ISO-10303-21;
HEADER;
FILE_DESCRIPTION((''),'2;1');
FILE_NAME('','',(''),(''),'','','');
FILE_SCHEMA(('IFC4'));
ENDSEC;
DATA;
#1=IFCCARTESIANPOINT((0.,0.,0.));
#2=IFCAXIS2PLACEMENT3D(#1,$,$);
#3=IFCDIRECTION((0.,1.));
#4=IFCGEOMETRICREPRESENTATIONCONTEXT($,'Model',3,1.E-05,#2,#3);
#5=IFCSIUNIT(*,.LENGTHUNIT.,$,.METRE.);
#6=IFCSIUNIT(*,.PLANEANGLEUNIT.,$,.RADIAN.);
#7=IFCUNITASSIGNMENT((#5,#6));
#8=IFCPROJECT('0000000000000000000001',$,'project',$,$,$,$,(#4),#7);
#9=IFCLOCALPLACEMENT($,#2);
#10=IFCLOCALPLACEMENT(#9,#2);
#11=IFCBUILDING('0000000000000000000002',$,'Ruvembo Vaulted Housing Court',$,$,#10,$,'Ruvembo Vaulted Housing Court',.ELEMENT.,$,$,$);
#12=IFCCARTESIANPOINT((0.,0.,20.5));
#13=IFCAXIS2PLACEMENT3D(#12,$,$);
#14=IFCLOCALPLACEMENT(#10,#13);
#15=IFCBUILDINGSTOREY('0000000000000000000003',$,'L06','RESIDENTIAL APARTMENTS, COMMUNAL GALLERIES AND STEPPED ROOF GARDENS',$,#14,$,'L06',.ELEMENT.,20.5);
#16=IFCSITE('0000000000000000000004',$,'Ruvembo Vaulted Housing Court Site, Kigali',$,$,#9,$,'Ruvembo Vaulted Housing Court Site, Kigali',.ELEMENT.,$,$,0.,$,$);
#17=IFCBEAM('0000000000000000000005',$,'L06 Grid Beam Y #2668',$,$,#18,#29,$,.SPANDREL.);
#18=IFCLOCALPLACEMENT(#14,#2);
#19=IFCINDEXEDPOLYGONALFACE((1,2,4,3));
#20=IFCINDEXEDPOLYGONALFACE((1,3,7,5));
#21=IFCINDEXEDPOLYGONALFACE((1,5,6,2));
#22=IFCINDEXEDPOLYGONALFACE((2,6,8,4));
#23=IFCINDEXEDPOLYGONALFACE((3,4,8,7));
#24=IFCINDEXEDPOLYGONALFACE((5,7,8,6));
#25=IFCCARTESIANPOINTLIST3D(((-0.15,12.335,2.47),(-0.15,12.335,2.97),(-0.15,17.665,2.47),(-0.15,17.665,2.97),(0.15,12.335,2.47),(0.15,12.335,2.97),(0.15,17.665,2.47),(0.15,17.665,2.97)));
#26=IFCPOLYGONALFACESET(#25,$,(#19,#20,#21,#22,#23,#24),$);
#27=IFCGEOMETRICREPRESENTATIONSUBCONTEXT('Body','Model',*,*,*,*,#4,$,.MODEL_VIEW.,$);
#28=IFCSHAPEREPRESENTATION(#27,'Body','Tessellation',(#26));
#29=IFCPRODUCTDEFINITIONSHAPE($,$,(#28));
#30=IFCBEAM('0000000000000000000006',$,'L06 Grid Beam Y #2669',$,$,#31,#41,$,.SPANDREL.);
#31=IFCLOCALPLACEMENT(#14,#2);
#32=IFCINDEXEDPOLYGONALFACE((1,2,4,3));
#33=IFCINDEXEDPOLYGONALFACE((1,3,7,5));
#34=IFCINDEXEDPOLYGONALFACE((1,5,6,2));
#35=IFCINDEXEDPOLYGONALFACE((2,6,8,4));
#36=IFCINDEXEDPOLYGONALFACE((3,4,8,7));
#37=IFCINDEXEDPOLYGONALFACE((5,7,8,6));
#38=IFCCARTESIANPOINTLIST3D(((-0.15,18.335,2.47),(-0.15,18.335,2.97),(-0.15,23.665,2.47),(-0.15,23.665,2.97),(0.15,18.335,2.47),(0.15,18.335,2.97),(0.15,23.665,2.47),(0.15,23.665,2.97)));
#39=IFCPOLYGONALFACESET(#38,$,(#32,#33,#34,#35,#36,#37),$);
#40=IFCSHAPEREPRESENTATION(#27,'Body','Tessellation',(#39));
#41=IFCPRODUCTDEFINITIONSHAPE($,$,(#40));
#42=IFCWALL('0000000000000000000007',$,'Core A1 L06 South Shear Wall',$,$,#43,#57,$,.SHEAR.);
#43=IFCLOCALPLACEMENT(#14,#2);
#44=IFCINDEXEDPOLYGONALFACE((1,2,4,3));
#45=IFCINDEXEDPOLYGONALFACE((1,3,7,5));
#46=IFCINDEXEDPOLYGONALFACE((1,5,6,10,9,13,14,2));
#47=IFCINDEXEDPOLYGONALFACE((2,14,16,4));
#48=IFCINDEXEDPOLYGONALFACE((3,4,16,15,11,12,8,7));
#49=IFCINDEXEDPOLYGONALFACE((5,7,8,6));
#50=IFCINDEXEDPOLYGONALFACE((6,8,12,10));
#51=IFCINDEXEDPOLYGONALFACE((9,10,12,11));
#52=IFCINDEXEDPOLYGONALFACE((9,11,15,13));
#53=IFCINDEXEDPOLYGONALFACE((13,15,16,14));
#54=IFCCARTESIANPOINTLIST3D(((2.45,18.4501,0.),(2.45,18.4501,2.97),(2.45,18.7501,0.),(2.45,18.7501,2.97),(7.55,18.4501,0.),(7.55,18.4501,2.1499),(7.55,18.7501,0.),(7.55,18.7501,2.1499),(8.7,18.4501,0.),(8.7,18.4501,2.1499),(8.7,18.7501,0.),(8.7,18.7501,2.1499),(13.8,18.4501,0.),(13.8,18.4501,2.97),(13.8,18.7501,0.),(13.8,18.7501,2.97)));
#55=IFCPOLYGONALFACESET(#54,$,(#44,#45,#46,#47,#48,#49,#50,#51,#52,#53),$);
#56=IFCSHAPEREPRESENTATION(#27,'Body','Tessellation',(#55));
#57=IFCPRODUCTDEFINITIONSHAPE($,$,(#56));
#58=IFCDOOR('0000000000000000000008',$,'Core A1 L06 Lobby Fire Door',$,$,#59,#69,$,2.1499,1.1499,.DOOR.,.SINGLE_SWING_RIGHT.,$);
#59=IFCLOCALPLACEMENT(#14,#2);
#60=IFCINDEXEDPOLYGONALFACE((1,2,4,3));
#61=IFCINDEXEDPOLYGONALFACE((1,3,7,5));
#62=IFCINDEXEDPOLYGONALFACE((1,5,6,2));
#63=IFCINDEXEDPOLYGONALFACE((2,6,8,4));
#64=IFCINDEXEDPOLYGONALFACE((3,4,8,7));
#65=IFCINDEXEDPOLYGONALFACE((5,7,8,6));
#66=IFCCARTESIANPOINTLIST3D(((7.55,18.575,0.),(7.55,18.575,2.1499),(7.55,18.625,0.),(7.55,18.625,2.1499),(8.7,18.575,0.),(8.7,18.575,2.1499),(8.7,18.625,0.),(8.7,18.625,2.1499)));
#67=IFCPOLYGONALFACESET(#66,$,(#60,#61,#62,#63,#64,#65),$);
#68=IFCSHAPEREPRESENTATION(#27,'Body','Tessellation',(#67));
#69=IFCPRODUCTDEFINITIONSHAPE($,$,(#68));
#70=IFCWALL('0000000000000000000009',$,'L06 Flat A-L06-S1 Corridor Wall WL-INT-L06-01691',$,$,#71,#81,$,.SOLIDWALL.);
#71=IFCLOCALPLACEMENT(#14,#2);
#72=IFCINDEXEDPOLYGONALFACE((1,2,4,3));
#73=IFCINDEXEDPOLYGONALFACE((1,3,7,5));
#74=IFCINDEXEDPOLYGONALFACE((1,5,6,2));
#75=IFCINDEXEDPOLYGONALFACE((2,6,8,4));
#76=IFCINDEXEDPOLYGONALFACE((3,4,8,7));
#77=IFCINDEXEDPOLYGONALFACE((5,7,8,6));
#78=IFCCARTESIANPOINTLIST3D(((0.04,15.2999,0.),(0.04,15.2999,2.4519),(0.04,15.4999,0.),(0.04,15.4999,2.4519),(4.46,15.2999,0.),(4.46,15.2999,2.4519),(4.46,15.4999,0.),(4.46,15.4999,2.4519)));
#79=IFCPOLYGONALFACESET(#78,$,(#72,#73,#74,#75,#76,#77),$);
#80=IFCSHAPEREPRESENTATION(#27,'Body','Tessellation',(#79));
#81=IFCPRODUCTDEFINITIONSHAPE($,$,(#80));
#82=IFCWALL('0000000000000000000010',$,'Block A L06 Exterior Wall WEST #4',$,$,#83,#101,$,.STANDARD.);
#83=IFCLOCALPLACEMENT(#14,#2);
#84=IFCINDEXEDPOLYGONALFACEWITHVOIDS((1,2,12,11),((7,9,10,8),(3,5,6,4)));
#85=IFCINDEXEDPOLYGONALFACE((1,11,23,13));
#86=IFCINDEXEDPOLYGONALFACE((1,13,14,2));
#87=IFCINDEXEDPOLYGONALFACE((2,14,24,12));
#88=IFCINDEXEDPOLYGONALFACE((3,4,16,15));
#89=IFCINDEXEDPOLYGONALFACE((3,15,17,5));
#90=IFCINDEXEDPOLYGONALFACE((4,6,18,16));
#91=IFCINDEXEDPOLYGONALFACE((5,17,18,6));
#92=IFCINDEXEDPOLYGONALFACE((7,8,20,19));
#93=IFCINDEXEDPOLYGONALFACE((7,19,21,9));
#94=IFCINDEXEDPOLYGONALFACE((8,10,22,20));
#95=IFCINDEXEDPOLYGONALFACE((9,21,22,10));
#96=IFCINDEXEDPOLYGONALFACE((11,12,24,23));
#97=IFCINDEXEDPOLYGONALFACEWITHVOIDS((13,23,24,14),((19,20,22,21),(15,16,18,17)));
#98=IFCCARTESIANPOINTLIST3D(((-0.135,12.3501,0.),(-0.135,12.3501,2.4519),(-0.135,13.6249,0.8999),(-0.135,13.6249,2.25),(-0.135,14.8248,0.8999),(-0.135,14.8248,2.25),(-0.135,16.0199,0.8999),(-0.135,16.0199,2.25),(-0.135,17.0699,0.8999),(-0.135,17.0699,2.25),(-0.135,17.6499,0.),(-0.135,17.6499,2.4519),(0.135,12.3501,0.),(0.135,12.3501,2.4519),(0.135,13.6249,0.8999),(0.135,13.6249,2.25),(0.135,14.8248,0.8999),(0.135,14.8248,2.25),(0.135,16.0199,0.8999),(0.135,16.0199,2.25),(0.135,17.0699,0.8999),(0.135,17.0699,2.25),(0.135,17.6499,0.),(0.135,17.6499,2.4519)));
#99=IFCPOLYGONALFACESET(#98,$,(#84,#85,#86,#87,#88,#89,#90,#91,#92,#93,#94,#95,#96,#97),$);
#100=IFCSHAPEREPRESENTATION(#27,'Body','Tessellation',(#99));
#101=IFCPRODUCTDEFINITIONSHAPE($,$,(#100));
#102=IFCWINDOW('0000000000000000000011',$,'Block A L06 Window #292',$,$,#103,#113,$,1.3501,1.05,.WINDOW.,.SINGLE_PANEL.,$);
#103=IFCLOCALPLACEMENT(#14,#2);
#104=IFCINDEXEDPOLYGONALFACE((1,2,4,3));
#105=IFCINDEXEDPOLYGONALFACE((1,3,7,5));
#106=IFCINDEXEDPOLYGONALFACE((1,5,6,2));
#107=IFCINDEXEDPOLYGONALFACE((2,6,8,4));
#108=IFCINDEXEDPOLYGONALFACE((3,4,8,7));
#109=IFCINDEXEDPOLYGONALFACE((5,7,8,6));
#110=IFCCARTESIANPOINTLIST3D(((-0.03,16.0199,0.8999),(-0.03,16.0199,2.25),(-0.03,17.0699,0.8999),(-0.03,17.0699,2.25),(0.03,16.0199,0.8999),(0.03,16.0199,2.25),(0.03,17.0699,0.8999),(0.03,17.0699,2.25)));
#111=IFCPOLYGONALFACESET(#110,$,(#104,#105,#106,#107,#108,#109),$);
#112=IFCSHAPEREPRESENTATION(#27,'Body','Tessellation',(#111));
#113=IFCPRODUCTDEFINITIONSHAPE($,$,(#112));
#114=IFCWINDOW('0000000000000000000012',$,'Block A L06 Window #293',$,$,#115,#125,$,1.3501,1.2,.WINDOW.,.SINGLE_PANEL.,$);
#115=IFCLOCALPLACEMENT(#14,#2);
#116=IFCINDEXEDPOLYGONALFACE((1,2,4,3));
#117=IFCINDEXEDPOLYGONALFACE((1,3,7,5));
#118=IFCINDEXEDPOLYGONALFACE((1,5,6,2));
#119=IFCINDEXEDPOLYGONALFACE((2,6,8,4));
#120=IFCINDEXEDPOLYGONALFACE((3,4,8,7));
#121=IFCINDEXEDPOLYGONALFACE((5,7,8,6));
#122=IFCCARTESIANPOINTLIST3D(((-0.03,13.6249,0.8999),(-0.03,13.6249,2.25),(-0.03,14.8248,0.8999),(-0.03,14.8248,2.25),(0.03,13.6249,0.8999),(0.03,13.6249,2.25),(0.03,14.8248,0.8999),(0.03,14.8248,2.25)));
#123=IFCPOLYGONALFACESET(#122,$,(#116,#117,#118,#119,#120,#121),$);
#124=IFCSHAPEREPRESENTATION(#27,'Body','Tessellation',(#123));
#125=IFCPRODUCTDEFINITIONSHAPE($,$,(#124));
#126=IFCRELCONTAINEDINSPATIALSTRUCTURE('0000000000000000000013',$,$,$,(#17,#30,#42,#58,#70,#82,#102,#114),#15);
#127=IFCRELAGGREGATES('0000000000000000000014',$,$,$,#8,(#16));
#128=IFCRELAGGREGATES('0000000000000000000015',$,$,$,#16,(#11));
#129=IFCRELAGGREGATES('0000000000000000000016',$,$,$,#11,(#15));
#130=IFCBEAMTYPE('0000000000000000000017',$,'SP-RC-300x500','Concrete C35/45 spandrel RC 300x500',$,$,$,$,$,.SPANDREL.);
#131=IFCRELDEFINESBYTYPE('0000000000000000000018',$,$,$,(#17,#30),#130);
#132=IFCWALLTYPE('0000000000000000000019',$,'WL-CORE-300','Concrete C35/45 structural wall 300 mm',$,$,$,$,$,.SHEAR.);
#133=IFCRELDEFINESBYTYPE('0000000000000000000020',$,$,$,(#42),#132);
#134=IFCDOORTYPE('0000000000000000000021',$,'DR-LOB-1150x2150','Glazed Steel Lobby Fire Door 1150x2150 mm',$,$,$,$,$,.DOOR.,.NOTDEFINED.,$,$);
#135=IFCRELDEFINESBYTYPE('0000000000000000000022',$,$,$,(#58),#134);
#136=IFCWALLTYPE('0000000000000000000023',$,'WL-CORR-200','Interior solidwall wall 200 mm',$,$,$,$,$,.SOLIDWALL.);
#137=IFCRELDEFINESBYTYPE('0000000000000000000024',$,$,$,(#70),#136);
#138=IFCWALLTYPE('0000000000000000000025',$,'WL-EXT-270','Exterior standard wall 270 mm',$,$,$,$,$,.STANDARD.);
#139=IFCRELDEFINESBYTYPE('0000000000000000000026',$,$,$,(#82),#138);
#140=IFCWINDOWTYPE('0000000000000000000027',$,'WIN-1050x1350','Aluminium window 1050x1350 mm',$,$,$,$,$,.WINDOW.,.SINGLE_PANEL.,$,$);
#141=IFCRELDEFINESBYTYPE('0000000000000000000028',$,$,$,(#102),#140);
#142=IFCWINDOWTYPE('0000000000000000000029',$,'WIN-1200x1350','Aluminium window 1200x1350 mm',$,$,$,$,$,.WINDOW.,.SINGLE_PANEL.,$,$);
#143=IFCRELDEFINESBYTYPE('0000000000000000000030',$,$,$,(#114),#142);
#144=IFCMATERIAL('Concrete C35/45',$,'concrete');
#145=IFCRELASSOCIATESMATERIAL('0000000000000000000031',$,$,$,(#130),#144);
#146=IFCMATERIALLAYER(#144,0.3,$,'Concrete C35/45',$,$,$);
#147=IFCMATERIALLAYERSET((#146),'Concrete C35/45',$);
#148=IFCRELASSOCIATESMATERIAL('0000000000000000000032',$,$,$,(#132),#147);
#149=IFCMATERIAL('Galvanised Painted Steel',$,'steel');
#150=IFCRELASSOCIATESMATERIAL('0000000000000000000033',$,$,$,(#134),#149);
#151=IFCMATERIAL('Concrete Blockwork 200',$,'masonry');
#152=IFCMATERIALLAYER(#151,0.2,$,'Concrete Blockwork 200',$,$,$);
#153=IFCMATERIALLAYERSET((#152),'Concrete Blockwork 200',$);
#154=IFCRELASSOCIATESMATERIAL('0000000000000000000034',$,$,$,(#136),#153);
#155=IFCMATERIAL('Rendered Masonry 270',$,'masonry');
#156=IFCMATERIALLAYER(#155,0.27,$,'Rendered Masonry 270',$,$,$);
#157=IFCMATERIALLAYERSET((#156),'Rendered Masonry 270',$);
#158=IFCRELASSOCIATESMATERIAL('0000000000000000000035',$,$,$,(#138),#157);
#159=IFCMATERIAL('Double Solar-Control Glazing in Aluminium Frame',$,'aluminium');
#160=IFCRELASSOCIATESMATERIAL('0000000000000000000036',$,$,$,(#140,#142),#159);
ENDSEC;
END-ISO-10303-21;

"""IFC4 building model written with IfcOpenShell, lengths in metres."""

from ifc_helpers import new_model, si_unit, direction, frame, frame_2d, origin, origin_2d, place, context, subcontext, project, spatial, rectangle, extrude, material, layer, layer_set, material_profile, profile_set, type_object, element, fill, save


model = new_model("IFC4")

# Units and contexts
model_context = context("Model", 3, precision=1e-05, world=origin(), true_north=direction((0.0, 1.0)))
body_context = subcontext(model_context, "Body", "Model", "MODEL_VIEW")
ifc_project = project(units=[si_unit("LENGTHUNIT", "METRE"), si_unit("PLANEANGLEUNIT", "RADIAN")], contexts=[model_context])

# Site, building, storey
site_placement = place(None, origin())
site = spatial("IfcSite", under=ifc_project, at=site_placement, Name="Ruvembo Vaulted Housing Court Site, Kigali", LongName="Ruvembo Vaulted Housing Court Site, Kigali", CompositionType="ELEMENT", RefElevation=0.0)
building_placement = place(site_placement, origin())
building = spatial("IfcBuilding", under=site, at=building_placement, Name="Ruvembo Vaulted Housing Court", LongName="Ruvembo Vaulted Housing Court", CompositionType="ELEMENT")
storey_placement = place(building_placement, frame((0.0, 0.0, 20.5)))
storey = spatial("IfcBuildingStorey", under=building, at=storey_placement, Name="L06", Description="RESIDENTIAL APARTMENTS, COMMUNAL GALLERIES AND STEPPED ROOF GARDENS", LongName="L06", CompositionType="ELEMENT", Elevation=20.5)

# Shared definitions
ifc_material_1 = material(Name="Concrete C35/45", Category="concrete")

# Beams
ifc_material_profile_1 = material_profile(ifc_material_1, rectangle(XDim=0.3, YDim=0.5, at=origin_2d()), Name="RC 300x500")
ifc_profile_set_1 = profile_set([ifc_material_profile_1], Name="Concrete C35/45")
beam_type_1 = type_object("IfcBeamType", Name="SP-RC-300x500", Description="Concrete C35/45 spandrel RC 300x500", PredefinedType="SPANDREL", material=ifc_profile_set_1)
for number, where, z_axis, x_axis, name in (
    (1, (0.0, 12.335, 2.72), (0.0, 1.0, 0.0), (-1.0, 0.0, 0.0), "L06 Grid Beam Y #2668"),
    (2, (0.0, 18.335, 2.72), (0.0, 1.0, 0.0), (-1.0, 0.0, 0.0), "L06 Grid Beam Y #2669"),
):
    element("IfcBeam", number, at=place(storey_placement, frame(where, z_axis=z_axis, x_axis=x_axis)), inside=storey, type_object=beam_type_1, Name=name, PredefinedType="SPANDREL", context=body_context, shape_type="SweptSolid", body=[
        extrude(rectangle(XDim=0.3, YDim=0.5, at=origin_2d()), origin(), (0.0, 0.0, 1.0), 5.3301),
    ])

# Wall, opening, door
ifc_layer_1 = layer(ifc_material_1, 0.3, Name="Concrete C35/45")
ifc_layer_set_1 = layer_set([ifc_layer_1], Name="Concrete C35/45")
wall_type_1 = type_object("IfcWallType", Name="WL-CORE-300", Description="Concrete C35/45 structural wall 300 mm", PredefinedType="SHEAR", material=ifc_layer_set_1)
wall_1_placement = place(storey_placement, frame((2.45, 18.6001, 0.0), z_axis=(0.0, 0.0, 1.0), x_axis=(1.0, 0.0, 0.0)))
wall_1 = element("IfcWall", 3, at=wall_1_placement, inside=storey, type_object=wall_type_1, Name="Core A1 L06 South Shear Wall", PredefinedType="SHEAR", context=body_context, shape_type="SweptSolid", body=[
    extrude(rectangle(XDim=11.3501, YDim=0.3, at=frame_2d((5.675, 0.0))), origin(), (0.0, 0.0, 1.0), 2.97),
])
opening_1_placement = place(wall_1_placement, frame((5.1001, 0.0, 0.0)))
opening_1 = element("IfcOpeningElement", 4, at=opening_1_placement, cuts=wall_1, PredefinedType="OPENING", context=body_context, shape_type="SweptSolid", body=[
    extrude(rectangle(XDim=1.1499, YDim=2.1499, at=frame_2d((0.575, 1.075))), frame((0.0, 0.1599, 0.0), z_axis=(0.0, -1.0, 0.0), x_axis=(1.0, 0.0, 0.0)), (0.0, 0.0, 1.0), 0.3201),
])
ifc_material_2 = material(Name="Galvanised Painted Steel", Category="steel")
door_type_1 = type_object("IfcDoorType", Name="DR-LOB-1150x2150", Description="Glazed Steel Lobby Fire Door 1150x2150 mm", OperationType="NOTDEFINED", PredefinedType="DOOR", material=ifc_material_2)
door_1_placement = place(opening_1_placement, origin())
door_1 = element("IfcDoor", 5, at=door_1_placement, inside=storey, type_object=door_type_1, Name="Core A1 L06 Lobby Fire Door", OperationType="SINGLE_SWING_RIGHT", OverallHeight=2.1499, OverallWidth=1.1499, PredefinedType="DOOR", context=body_context, shape_type="SweptSolid", body=[
    extrude(rectangle(XDim=1.1499, YDim=2.1499, at=frame_2d((0.575, 1.075))), frame((0.0, 0.0249, 0.0), z_axis=(0.0, -1.0, 0.0), x_axis=(1.0, 0.0, 0.0)), (0.0, 0.0, 1.0), 0.05),
])
fill(opening_1, door_1)

# Wall
ifc_material_3 = material(Name="Concrete Blockwork 200", Category="masonry")
ifc_layer_2 = layer(ifc_material_3, 0.2, Name="Concrete Blockwork 200")
ifc_layer_set_2 = layer_set([ifc_layer_2], Name="Concrete Blockwork 200")
wall_type_2 = type_object("IfcWallType", Name="WL-CORR-200", Description="Interior solidwall wall 200 mm", PredefinedType="SOLIDWALL", material=ifc_layer_set_2)
wall_2_placement = place(storey_placement, frame((0.04, 15.3999, 0.0), z_axis=(0.0, 0.0, 1.0), x_axis=(1.0, 0.0, 0.0)))
element("IfcWall", 6, at=wall_2_placement, inside=storey, type_object=wall_type_2, Name="L06 Flat A-L06-S1 Corridor Wall WL-INT-L06-01691", PredefinedType="SOLIDWALL", context=body_context, shape_type="SweptSolid", body=[
    extrude(rectangle(XDim=4.4199, YDim=0.2, at=frame_2d((2.21, 0.0))), origin(), (0.0, 0.0, 1.0), 2.4519),
])

# Wall, openings, windows
ifc_material_4 = material(Name="Rendered Masonry 270", Category="masonry")
ifc_layer_3 = layer(ifc_material_4, 0.27, Name="Rendered Masonry 270")
ifc_layer_set_3 = layer_set([ifc_layer_3], Name="Rendered Masonry 270")
wall_type_3 = type_object("IfcWallType", Name="WL-EXT-270", Description="Exterior standard wall 270 mm", PredefinedType="STANDARD", material=ifc_layer_set_3)
wall_3_placement = place(storey_placement, frame((0.0, 17.6499, 0.0), z_axis=(0.0, 0.0, 1.0), x_axis=(0.0, -1.0, 0.0)))
wall_3 = element("IfcWall", 7, at=wall_3_placement, inside=storey, type_object=wall_type_3, Name="Block A L06 Exterior Wall WEST #4", PredefinedType="STANDARD", context=body_context, shape_type="SweptSolid", body=[
    extrude(rectangle(XDim=5.2998, YDim=0.27, at=frame_2d((2.6499, 0.0))), origin(), (0.0, 0.0, 1.0), 2.4519),
])
opening_2_placement = place(wall_3_placement, frame((0.5801, 0.0, 0.8999)))
opening_2 = element("IfcOpeningElement", 8, at=opening_2_placement, cuts=wall_3, PredefinedType="OPENING", context=body_context, shape_type="SweptSolid", body=[
    extrude(rectangle(XDim=1.05, YDim=1.3501, at=frame_2d((0.5249, 0.675))), frame((0.0, 0.145, 0.0), z_axis=(0.0, -1.0, 0.0), x_axis=(1.0, 0.0, 0.0)), (0.0, 0.0, 1.0), 0.29),
])
opening_3_placement = place(wall_3_placement, frame((2.825, 0.0, 0.8999)))
opening_3 = element("IfcOpeningElement", 9, at=opening_3_placement, cuts=wall_3, PredefinedType="OPENING", context=body_context, shape_type="SweptSolid", body=[
    extrude(rectangle(XDim=1.2, YDim=1.3501, at=frame_2d((0.6001, 0.675))), frame((0.0, 0.145, 0.0), z_axis=(0.0, -1.0, 0.0), x_axis=(1.0, 0.0, 0.0)), (0.0, 0.0, 1.0), 0.29),
])
ifc_material_5 = material(Name="Double Solar-Control Glazing in Aluminium Frame", Category="aluminium")
window_type_1 = type_object("IfcWindowType", Name="WIN-1050x1350", Description="Aluminium window 1050x1350 mm", PartitioningType="SINGLE_PANEL", PredefinedType="WINDOW", material=ifc_material_5)
window_1_placement = place(opening_2_placement, origin())
window_1 = element("IfcWindow", 10, at=window_1_placement, inside=storey, type_object=window_type_1, Name="Block A L06 Window #292", OverallHeight=1.3501, OverallWidth=1.05, PartitioningType="SINGLE_PANEL", PredefinedType="WINDOW", context=body_context, shape_type="SweptSolid", body=[
    extrude(rectangle(XDim=1.05, YDim=1.3501, at=frame_2d((0.5249, 0.675))), frame((0.0, 0.03, 0.0), z_axis=(0.0, -1.0, 0.0), x_axis=(1.0, 0.0, 0.0)), (0.0, 0.0, 1.0), 0.0601),
])
fill(opening_2, window_1)
window_type_2 = type_object("IfcWindowType", Name="WIN-1200x1350", Description="Aluminium window 1200x1350 mm", PartitioningType="SINGLE_PANEL", PredefinedType="WINDOW", material=ifc_material_5)
window_2_placement = place(opening_3_placement, origin())
window_2 = element("IfcWindow", 11, at=window_2_placement, inside=storey, type_object=window_type_2, Name="Block A L06 Window #293", OverallHeight=1.3501, OverallWidth=1.2, PartitioningType="SINGLE_PANEL", PredefinedType="WINDOW", context=body_context, shape_type="SweptSolid", body=[
    extrude(rectangle(XDim=1.2, YDim=1.3501, at=frame_2d((0.6001, 0.675))), frame((0.0, 0.03, 0.0), z_axis=(0.0, -1.0, 0.0), x_axis=(1.0, 0.0, 0.0)), (0.0, 0.0, 1.0), 0.0601),
])
fill(opening_3, window_2)

save(model, "model.ifc")
